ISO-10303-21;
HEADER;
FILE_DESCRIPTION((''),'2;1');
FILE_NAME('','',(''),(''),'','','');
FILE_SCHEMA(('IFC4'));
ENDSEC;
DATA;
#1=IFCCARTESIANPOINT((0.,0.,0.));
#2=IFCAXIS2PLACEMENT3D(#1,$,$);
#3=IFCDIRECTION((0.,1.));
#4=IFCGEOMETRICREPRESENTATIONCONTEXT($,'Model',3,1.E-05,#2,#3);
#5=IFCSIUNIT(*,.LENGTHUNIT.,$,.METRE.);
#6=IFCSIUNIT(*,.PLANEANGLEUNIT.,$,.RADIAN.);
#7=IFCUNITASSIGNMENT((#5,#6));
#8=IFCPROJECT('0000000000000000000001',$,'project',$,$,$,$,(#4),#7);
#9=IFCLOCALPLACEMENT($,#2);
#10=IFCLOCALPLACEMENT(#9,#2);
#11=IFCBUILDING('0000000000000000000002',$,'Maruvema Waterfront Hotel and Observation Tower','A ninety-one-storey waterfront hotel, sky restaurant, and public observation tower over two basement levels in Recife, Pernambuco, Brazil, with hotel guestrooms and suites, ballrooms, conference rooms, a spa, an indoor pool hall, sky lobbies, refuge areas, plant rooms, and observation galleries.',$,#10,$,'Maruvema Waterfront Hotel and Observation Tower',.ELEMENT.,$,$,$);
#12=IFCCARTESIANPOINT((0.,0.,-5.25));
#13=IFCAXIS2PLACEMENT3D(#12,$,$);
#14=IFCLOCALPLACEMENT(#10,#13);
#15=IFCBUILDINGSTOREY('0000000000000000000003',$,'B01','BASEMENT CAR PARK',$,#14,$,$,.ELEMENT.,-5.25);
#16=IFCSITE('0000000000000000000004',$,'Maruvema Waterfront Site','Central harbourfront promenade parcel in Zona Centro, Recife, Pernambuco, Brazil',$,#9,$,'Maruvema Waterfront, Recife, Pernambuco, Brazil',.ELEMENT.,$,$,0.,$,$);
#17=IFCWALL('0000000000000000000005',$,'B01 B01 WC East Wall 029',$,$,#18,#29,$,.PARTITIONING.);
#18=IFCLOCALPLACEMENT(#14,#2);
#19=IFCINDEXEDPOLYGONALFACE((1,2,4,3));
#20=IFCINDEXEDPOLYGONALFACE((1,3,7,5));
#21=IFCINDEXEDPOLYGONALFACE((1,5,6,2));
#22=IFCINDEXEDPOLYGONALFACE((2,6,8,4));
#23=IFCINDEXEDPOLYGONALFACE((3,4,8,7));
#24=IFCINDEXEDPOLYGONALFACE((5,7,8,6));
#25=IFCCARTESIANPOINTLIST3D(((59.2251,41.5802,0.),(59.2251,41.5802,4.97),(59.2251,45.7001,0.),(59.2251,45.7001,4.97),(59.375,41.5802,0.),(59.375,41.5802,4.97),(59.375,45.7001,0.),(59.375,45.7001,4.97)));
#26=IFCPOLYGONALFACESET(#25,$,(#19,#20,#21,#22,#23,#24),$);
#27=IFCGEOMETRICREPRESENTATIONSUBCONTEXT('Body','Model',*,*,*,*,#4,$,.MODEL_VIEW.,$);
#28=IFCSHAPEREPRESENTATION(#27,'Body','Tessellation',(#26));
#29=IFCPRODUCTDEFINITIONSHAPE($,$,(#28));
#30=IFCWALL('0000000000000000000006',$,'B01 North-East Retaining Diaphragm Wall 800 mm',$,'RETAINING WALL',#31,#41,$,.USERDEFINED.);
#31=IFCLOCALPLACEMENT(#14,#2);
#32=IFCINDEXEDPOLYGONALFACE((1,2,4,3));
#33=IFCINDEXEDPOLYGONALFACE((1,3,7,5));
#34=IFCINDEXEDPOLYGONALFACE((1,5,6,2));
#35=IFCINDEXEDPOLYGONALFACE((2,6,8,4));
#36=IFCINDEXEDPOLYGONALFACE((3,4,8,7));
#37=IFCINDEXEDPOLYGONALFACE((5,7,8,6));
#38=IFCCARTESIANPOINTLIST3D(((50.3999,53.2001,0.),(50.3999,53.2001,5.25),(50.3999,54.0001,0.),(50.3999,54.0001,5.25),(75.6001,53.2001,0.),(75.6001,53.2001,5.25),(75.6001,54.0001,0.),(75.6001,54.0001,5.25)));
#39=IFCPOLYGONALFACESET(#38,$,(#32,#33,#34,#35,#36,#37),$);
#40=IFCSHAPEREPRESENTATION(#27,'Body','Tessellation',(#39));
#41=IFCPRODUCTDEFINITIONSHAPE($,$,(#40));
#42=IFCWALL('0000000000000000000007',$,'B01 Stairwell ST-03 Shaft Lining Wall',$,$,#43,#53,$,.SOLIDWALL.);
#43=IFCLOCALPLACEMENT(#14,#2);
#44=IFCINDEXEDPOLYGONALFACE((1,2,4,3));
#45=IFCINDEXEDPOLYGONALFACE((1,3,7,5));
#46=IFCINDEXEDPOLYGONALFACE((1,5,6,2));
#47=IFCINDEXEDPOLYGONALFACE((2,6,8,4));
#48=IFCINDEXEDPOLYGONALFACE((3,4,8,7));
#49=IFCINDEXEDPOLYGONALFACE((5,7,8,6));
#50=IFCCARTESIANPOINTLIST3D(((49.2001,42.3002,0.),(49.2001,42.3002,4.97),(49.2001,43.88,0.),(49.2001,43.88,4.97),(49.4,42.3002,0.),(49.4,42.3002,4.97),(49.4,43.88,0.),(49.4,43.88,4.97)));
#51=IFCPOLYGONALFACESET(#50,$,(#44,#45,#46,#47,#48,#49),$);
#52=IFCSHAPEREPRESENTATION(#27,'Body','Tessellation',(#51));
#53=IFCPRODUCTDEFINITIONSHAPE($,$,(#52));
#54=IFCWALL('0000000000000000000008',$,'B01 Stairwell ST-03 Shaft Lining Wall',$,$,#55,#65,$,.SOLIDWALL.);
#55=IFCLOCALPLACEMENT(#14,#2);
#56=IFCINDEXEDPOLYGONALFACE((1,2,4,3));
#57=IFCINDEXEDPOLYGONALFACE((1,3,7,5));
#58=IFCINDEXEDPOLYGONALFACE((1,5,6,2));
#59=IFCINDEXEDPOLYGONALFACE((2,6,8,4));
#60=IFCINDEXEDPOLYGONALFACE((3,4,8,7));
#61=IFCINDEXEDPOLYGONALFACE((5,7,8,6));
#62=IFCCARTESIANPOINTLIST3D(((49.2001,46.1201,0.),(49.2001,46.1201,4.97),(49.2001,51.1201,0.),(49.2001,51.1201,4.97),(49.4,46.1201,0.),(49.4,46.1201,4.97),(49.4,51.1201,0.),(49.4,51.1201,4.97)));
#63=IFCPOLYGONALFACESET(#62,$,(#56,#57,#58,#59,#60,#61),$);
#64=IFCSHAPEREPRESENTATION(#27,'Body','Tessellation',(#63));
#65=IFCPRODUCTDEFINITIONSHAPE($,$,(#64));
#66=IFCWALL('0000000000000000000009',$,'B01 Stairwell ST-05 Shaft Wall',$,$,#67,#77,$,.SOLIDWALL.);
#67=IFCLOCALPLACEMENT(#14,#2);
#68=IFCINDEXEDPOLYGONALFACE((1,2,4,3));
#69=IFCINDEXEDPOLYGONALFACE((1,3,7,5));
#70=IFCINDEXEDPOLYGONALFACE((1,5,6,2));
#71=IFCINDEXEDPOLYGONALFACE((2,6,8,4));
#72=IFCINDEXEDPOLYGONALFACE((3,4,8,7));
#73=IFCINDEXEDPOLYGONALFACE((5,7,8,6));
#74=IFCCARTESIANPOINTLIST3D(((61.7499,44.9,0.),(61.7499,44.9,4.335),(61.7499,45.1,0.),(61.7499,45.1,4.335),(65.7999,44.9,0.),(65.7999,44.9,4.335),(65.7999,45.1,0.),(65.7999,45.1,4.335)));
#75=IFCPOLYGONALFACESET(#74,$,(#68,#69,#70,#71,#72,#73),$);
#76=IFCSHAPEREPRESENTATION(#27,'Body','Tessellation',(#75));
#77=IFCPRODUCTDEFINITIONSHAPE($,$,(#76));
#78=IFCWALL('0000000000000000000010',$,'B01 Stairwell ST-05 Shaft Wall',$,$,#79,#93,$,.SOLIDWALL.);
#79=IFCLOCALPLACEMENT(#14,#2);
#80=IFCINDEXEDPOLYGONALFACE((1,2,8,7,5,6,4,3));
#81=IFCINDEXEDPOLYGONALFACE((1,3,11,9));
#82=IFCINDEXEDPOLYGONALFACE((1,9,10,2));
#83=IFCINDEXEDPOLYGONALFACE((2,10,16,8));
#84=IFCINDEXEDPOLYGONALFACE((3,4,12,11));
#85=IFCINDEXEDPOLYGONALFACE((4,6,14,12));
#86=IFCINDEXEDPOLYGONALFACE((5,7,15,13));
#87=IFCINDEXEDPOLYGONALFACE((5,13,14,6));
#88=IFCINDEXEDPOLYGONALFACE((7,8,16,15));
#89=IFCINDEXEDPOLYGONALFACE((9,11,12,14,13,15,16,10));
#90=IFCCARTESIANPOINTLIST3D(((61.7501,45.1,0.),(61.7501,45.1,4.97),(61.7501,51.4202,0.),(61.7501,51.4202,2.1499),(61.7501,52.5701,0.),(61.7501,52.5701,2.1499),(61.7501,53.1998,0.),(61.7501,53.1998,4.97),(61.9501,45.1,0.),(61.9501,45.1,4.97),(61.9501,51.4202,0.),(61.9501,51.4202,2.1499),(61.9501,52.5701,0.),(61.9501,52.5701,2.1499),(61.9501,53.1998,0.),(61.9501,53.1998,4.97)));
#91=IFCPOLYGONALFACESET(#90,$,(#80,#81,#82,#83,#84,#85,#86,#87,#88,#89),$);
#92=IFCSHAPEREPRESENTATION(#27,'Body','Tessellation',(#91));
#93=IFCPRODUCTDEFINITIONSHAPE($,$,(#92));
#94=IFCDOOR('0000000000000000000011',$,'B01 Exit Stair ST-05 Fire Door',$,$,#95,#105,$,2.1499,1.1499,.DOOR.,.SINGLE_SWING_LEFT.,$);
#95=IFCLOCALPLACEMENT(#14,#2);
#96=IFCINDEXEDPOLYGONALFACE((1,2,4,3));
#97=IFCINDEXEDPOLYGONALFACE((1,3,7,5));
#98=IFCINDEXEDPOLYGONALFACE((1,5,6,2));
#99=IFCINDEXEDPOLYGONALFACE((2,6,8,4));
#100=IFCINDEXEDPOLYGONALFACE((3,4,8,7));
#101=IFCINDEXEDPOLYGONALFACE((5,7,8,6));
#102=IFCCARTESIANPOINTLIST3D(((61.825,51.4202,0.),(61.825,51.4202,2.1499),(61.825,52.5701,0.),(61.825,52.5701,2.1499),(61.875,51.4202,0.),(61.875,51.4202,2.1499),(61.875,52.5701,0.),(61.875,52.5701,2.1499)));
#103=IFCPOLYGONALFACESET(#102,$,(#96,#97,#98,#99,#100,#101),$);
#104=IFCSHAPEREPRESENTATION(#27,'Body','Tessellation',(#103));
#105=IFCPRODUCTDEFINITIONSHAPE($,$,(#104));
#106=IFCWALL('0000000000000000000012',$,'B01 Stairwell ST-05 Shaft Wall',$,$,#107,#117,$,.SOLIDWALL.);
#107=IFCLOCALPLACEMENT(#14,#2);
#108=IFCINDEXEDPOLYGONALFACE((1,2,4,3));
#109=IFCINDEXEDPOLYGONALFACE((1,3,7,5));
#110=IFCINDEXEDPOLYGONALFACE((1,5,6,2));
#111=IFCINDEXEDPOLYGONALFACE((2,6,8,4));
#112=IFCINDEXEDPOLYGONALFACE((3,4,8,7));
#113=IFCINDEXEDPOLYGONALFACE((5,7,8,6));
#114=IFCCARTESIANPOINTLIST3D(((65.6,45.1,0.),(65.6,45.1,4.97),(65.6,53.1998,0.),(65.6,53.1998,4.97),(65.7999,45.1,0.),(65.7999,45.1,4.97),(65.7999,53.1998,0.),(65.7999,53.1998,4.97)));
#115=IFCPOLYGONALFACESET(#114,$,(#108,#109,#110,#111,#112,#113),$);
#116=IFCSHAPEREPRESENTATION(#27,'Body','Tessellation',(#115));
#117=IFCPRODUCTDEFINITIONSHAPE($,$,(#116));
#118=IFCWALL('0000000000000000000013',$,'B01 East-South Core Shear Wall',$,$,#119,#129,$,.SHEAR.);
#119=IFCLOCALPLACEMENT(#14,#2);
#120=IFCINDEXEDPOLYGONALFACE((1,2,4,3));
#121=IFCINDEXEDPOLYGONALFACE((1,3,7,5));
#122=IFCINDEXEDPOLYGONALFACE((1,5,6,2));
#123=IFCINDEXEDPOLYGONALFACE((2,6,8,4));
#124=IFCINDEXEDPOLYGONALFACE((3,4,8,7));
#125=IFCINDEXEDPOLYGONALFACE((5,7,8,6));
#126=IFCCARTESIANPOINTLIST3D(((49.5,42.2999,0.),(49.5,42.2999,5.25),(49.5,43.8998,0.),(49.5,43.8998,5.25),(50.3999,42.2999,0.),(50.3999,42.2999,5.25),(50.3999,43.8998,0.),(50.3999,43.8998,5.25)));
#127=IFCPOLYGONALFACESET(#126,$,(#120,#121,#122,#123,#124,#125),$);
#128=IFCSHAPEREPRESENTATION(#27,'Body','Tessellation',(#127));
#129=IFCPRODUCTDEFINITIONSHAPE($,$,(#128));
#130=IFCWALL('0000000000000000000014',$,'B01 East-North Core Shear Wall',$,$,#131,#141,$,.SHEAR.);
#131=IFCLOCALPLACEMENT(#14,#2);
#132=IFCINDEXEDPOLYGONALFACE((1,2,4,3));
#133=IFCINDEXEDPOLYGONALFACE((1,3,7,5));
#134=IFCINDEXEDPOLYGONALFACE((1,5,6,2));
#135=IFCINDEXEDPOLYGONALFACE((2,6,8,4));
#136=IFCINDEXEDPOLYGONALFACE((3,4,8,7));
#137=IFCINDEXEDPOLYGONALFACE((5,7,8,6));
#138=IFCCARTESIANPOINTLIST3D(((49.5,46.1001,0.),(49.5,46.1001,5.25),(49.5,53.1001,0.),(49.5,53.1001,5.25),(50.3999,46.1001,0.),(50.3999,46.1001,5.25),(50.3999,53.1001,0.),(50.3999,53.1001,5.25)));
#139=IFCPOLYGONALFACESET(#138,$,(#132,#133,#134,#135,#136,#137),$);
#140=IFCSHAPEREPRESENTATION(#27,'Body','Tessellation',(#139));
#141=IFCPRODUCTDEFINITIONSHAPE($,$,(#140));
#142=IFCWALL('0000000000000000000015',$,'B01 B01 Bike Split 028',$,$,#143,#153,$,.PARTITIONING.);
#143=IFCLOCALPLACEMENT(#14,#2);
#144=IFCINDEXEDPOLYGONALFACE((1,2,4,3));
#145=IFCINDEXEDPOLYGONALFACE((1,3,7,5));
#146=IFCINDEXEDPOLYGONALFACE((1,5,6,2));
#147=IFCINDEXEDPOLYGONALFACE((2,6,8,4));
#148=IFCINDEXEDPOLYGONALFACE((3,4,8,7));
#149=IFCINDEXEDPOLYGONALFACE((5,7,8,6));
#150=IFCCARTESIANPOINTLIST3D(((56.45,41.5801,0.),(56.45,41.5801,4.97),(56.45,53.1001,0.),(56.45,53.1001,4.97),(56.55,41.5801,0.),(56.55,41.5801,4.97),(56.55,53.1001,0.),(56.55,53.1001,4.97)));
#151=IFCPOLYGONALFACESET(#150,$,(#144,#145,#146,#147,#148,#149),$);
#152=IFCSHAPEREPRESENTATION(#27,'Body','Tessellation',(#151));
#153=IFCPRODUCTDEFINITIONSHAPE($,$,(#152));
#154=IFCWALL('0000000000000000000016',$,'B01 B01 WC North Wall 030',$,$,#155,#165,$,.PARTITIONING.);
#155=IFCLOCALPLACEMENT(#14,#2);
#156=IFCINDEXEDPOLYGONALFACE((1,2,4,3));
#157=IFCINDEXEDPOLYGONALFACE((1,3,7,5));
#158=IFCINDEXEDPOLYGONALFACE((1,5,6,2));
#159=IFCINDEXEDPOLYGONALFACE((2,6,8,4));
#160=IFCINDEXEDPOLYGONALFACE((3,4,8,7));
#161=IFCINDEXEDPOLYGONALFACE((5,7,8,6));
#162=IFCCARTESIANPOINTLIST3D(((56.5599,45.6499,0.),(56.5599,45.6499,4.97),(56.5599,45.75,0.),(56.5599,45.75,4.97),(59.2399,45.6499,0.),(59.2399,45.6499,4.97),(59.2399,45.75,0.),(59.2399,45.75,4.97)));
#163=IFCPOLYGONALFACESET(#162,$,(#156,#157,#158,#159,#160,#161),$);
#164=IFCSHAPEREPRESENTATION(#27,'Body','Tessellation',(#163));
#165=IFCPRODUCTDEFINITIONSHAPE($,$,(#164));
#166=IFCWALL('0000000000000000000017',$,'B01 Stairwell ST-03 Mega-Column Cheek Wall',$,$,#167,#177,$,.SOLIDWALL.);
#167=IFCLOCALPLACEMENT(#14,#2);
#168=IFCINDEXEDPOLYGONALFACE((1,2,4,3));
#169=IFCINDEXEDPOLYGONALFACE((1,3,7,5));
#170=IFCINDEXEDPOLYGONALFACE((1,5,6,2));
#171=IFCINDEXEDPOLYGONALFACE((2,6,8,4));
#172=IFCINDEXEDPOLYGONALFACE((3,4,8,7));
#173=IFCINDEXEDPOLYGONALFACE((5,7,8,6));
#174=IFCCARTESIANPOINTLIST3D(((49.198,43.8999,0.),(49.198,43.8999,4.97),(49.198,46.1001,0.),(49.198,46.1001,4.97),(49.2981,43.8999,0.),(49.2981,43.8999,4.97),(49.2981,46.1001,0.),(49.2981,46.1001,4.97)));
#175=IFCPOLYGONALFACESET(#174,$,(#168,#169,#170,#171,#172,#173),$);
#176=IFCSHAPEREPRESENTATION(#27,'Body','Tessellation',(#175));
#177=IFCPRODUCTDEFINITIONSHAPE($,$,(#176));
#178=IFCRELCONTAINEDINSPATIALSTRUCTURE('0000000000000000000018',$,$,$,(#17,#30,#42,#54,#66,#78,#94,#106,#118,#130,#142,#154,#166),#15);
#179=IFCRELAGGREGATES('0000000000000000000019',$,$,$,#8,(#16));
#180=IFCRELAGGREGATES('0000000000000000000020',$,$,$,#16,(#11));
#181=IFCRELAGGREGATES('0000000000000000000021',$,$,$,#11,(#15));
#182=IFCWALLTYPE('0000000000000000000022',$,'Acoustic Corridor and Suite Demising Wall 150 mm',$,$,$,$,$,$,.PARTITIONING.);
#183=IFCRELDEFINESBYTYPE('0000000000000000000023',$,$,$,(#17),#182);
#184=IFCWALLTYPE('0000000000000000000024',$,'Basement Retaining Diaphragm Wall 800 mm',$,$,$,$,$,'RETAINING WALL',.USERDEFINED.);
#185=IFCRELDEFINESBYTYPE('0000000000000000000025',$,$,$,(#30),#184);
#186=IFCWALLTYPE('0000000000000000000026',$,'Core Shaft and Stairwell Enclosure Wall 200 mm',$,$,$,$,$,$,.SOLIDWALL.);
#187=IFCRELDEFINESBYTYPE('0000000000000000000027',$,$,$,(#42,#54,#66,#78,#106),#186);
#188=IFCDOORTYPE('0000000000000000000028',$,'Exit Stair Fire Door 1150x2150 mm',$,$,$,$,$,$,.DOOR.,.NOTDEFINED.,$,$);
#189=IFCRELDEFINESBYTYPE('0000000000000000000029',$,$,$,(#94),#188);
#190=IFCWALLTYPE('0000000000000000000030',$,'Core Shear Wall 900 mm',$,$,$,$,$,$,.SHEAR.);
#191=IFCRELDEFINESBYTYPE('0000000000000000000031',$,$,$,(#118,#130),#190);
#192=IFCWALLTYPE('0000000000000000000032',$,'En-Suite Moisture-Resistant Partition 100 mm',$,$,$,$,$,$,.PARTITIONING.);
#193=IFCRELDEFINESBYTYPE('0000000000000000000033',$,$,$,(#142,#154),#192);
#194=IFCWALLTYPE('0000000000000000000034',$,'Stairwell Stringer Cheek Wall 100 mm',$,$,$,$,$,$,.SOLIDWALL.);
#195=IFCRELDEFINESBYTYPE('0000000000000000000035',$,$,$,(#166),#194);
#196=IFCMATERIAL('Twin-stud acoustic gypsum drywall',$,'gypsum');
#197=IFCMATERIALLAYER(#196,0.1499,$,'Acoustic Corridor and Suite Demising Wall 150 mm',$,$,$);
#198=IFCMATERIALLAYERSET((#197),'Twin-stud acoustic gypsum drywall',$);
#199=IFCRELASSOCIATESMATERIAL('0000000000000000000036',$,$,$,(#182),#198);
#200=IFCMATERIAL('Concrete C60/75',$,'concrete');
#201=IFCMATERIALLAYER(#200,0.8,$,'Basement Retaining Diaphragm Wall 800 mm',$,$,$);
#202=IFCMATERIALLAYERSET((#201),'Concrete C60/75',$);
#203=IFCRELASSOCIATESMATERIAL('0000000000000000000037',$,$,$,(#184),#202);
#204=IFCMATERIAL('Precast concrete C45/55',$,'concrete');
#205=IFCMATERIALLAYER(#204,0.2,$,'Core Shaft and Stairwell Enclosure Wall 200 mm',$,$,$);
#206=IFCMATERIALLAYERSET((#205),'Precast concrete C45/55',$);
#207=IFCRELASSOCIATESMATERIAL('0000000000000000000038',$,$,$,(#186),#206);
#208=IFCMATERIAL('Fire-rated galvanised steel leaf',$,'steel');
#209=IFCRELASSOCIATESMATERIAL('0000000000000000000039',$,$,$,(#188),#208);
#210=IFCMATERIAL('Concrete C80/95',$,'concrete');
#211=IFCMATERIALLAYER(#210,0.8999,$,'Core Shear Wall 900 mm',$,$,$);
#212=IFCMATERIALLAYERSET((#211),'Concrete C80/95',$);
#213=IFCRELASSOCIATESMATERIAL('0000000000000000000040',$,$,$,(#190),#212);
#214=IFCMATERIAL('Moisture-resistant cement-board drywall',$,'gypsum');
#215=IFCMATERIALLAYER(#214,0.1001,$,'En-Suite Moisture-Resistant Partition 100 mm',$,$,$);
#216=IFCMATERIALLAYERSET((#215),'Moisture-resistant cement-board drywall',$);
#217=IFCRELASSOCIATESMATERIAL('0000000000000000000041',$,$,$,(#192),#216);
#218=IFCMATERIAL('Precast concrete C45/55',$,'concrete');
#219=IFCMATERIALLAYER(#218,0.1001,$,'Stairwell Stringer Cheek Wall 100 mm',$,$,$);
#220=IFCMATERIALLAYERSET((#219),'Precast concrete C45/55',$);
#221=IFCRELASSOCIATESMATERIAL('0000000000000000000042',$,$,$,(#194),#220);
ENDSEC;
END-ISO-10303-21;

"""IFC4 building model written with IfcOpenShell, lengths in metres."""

from ifc_helpers import new_model, si_unit, direction, frame, frame_2d, origin, place, context, subcontext, project, spatial, rectangle, extrude, material, layer, layer_set, type_object, element, fill, save


model = new_model("IFC4")

# Units and contexts
model_context = context("Model", 3, precision=1e-05, world=origin(), true_north=direction((0.0, 1.0)))
body_context = subcontext(model_context, "Body", "Model", "MODEL_VIEW")
ifc_project = project(units=[si_unit("LENGTHUNIT", "METRE"), si_unit("PLANEANGLEUNIT", "RADIAN")], contexts=[model_context])

# Site, building, storey
site_placement = place(None, origin())
site = spatial("IfcSite", under=ifc_project, at=site_placement, Name="Maruvema Waterfront Site", Description="Central harbourfront promenade parcel in Zona Centro, Recife, Pernambuco, Brazil", LongName="Maruvema Waterfront, Recife, Pernambuco, Brazil", CompositionType="ELEMENT", RefElevation=0.0)
building_placement = place(site_placement, origin())
building = spatial("IfcBuilding", under=site, at=building_placement, Name="Maruvema Waterfront Hotel and Observation Tower", Description="A ninety-one-storey waterfront hotel, sky restaurant, and public observation tower over two basement levels in Recife, Pernambuco, Brazil, with hotel guestrooms and suites, ballrooms, conference rooms, a spa, an indoor pool hall, sky lobbies, refuge areas, plant rooms, and observation galleries.", LongName="Maruvema Waterfront Hotel and Observation Tower", CompositionType="ELEMENT")
storey_placement = place(building_placement, frame((0.0, 0.0, -5.25)))
storey = spatial("IfcBuildingStorey", under=building, at=storey_placement, Name="B01", Description="BASEMENT CAR PARK", CompositionType="ELEMENT", Elevation=-5.25)

# Walls
ifc_material_1 = material(Name="Twin-stud acoustic gypsum drywall", Category="gypsum")
ifc_layer_1 = layer(ifc_material_1, 0.1499, Name="Acoustic Corridor and Suite Demising Wall 150 mm")
ifc_layer_set_1 = layer_set([ifc_layer_1], Name="Twin-stud acoustic gypsum drywall")
wall_type_1 = type_object("IfcWallType", Name="Acoustic Corridor and Suite Demising Wall 150 mm", PredefinedType="PARTITIONING", material=ifc_layer_set_1)
wall_1_placement = place(storey_placement, frame((59.3, 41.5801, 0.0), z_axis=(0.0, 0.0, 1.0), x_axis=(0.0, 1.0, 0.0)))
element("IfcWall", 1, at=wall_1_placement, inside=storey, type_object=wall_type_1, Name="B01 B01 WC East Wall 029", PredefinedType="PARTITIONING", context=body_context, shape_type="SweptSolid", body=[
    extrude(rectangle(XDim=4.1199, YDim=0.1499, at=frame_2d((2.0601, 0.0))), origin(), (0.0, 0.0, 1.0), 4.97),
])
ifc_material_2 = material(Name="Concrete C60/75", Category="concrete")
ifc_layer_2 = layer(ifc_material_2, 0.8, Name="Basement Retaining Diaphragm Wall 800 mm")
ifc_layer_set_2 = layer_set([ifc_layer_2], Name="Concrete C60/75")
wall_type_2 = type_object("IfcWallType", Name="Basement Retaining Diaphragm Wall 800 mm", ElementType="RETAINING WALL", PredefinedType="USERDEFINED", material=ifc_layer_set_2)
wall_2_placement = place(storey_placement, frame((50.3999, 53.6001, 0.0), z_axis=(0.0, 0.0, 1.0), x_axis=(1.0, 0.0, 0.0)))
element("IfcWall", 2, at=wall_2_placement, inside=storey, type_object=wall_type_2, Name="B01 North-East Retaining Diaphragm Wall 800 mm", ObjectType="RETAINING WALL", PredefinedType="USERDEFINED", context=body_context, shape_type="SweptSolid", body=[
    extrude(rectangle(XDim=25.2002, YDim=0.8, at=frame_2d((12.6001, 0.0))), origin(), (0.0, 0.0, 1.0), 5.25),
])
ifc_material_3 = material(Name="Precast concrete C45/55", Category="concrete")
ifc_layer_3 = layer(ifc_material_3, 0.2, Name="Core Shaft and Stairwell Enclosure Wall 200 mm")
ifc_layer_set_3 = layer_set([ifc_layer_3], Name="Precast concrete C45/55")
wall_type_3 = type_object("IfcWallType", Name="Core Shaft and Stairwell Enclosure Wall 200 mm", PredefinedType="SOLIDWALL", material=ifc_layer_set_3)
wall_3_placement = place(storey_placement, frame((49.3, 42.3, 0.0), z_axis=(0.0, 0.0, 1.0), x_axis=(0.0, 1.0, 0.0)))
element("IfcWall", 3, at=wall_3_placement, inside=storey, type_object=wall_type_3, Name="B01 Stairwell ST-03 Shaft Lining Wall", PredefinedType="SOLIDWALL", context=body_context, shape_type="SweptSolid", body=[
    extrude(rectangle(XDim=1.5798, YDim=0.2, at=frame_2d((0.79, 0.0))), origin(), (0.0, 0.0, 1.0), 4.97),
])
wall_4_placement = place(storey_placement, frame((49.3, 46.1201, 0.0), z_axis=(0.0, 0.0, 1.0), x_axis=(0.0, 1.0, 0.0)))
element("IfcWall", 4, at=wall_4_placement, inside=storey, type_object=wall_type_3, Name="B01 Stairwell ST-03 Shaft Lining Wall", PredefinedType="SOLIDWALL", context=body_context, shape_type="SweptSolid", body=[
    extrude(rectangle(XDim=5.0, YDim=0.2, at=frame_2d((2.5, 0.0))), origin(), (0.0, 0.0, 1.0), 4.97),
])
wall_5_placement = place(storey_placement, frame((61.75, 45.0, 0.0), z_axis=(0.0, 0.0, 1.0), x_axis=(1.0, 0.0, 0.0)))
element("IfcWall", 5, at=wall_5_placement, inside=storey, type_object=wall_type_3, Name="B01 Stairwell ST-05 Shaft Wall", PredefinedType="SOLIDWALL", context=body_context, shape_type="SweptSolid", body=[
    extrude(rectangle(XDim=4.05, YDim=0.2, at=frame_2d((2.0249, 0.0))), origin(), (0.0, 0.0, 1.0), 4.335),
])

# Wall, opening, door
wall_6_placement = place(storey_placement, frame((61.8501, 45.1001, 0.0), z_axis=(0.0, 0.0, 1.0), x_axis=(0.0, 1.0, 0.0)))
wall_6 = element("IfcWall", 6, at=wall_6_placement, inside=storey, type_object=wall_type_3, Name="B01 Stairwell ST-05 Shaft Wall", PredefinedType="SOLIDWALL", context=body_context, shape_type="SweptSolid", body=[
    extrude(rectangle(XDim=8.0999, YDim=0.2, at=frame_2d((4.0498, 0.0))), origin(), (0.0, 0.0, 1.0), 4.97),
])
opening_placement = place(wall_6_placement, frame((6.3201, 0.0, 0.0)))
opening = element("IfcOpeningElement", 7, at=opening_placement, cuts=wall_6, PredefinedType="OPENING", context=body_context, shape_type="SweptSolid", body=[
    extrude(rectangle(XDim=1.1499, YDim=2.1499, at=frame_2d((0.575, 1.075))), frame((0.0, 0.1099, 0.0), z_axis=(0.0, -1.0, 0.0), x_axis=(1.0, 0.0, 0.0)), (0.0, 0.0, 1.0), 0.22),
])
ifc_material_4 = material(Name="Fire-rated galvanised steel leaf", Category="steel")
door_type = type_object("IfcDoorType", Name="Exit Stair Fire Door 1150x2150 mm", OperationType="NOTDEFINED", PredefinedType="DOOR", material=ifc_material_4)
door_placement = place(opening_placement, frame((1.1499, 0.0, 0.0), z_axis=(0.0, 0.0, 1.0), x_axis=(-1.0, 0.0, 0.0)))
door = element("IfcDoor", 8, at=door_placement, inside=storey, type_object=door_type, Name="B01 Exit Stair ST-05 Fire Door", OperationType="SINGLE_SWING_LEFT", OverallHeight=2.1499, OverallWidth=1.1499, PredefinedType="DOOR", context=body_context, shape_type="SweptSolid", body=[
    extrude(rectangle(XDim=1.1499, YDim=2.1499, at=frame_2d((0.575, 1.075))), frame((0.0, 0.0249, 0.0), z_axis=(0.0, -1.0, 0.0), x_axis=(1.0, 0.0, 0.0)), (0.0, 0.0, 1.0), 0.05),
])
fill(opening, door)

# Walls
wall_7_placement = place(storey_placement, frame((65.7, 45.1001, 0.0), z_axis=(0.0, 0.0, 1.0), x_axis=(0.0, 1.0, 0.0)))
element("IfcWall", 9, at=wall_7_placement, inside=storey, type_object=wall_type_3, Name="B01 Stairwell ST-05 Shaft Wall", PredefinedType="SOLIDWALL", context=body_context, shape_type="SweptSolid", body=[
    extrude(rectangle(XDim=8.0999, YDim=0.2, at=frame_2d((4.0498, 0.0))), origin(), (0.0, 0.0, 1.0), 4.97),
])
ifc_material_5 = material(Name="Concrete C80/95", Category="concrete")
ifc_layer_4 = layer(ifc_material_5, 0.8999, Name="Core Shear Wall 900 mm")
ifc_layer_set_4 = layer_set([ifc_layer_4], Name="Concrete C80/95")
wall_type_4 = type_object("IfcWallType", Name="Core Shear Wall 900 mm", PredefinedType="SHEAR", material=ifc_layer_set_4)
wall_8_placement = place(storey_placement, frame((49.95, 42.3, 0.0), z_axis=(0.0, 0.0, 1.0), x_axis=(0.0, 1.0, 0.0)))
element("IfcWall", 10, at=wall_8_placement, inside=storey, type_object=wall_type_4, Name="B01 East-South Core Shear Wall", PredefinedType="SHEAR", context=body_context, shape_type="SweptSolid", body=[
    extrude(rectangle(XDim=1.5999, YDim=0.8999, at=frame_2d((0.7998, 0.0))), origin(), (0.0, 0.0, 1.0), 5.25),
])
wall_9_placement = place(storey_placement, frame((49.95, 46.1001, 0.0), z_axis=(0.0, 0.0, 1.0), x_axis=(0.0, 1.0, 0.0)))
element("IfcWall", 11, at=wall_9_placement, inside=storey, type_object=wall_type_4, Name="B01 East-North Core Shear Wall", PredefinedType="SHEAR", context=body_context, shape_type="SweptSolid", body=[
    extrude(rectangle(XDim=7.0, YDim=0.8999, at=frame_2d((3.5, 0.0))), origin(), (0.0, 0.0, 1.0), 5.25),
])
ifc_material_6 = material(Name="Moisture-resistant cement-board drywall", Category="gypsum")
ifc_layer_5 = layer(ifc_material_6, 0.1001, Name="En-Suite Moisture-Resistant Partition 100 mm")
ifc_layer_set_5 = layer_set([ifc_layer_5], Name="Moisture-resistant cement-board drywall")
wall_type_5 = type_object("IfcWallType", Name="En-Suite Moisture-Resistant Partition 100 mm", PredefinedType="PARTITIONING", material=ifc_layer_set_5)
wall_10_placement = place(storey_placement, frame((56.5, 41.5801, 0.0), z_axis=(0.0, 0.0, 1.0), x_axis=(0.0, 1.0, 0.0)))
element("IfcWall", 12, at=wall_10_placement, inside=storey, type_object=wall_type_5, Name="B01 B01 Bike Split 028", PredefinedType="PARTITIONING", context=body_context, shape_type="SweptSolid", body=[
    extrude(rectangle(XDim=11.52, YDim=0.1001, at=frame_2d((5.76, 0.0))), origin(), (0.0, 0.0, 1.0), 4.97),
])
wall_11_placement = place(storey_placement, frame((56.5601, 45.7, 0.0), z_axis=(0.0, 0.0, 1.0), x_axis=(1.0, 0.0, 0.0)))
element("IfcWall", 13, at=wall_11_placement, inside=storey, type_object=wall_type_5, Name="B01 B01 WC North Wall 030", PredefinedType="PARTITIONING", context=body_context, shape_type="SweptSolid", body=[
    extrude(rectangle(XDim=2.6799, YDim=0.1001, at=frame_2d((1.3398, 0.0))), origin(), (0.0, 0.0, 1.0), 4.97),
])
ifc_material_7 = material(Name="Precast concrete C45/55", Category="concrete")
ifc_layer_6 = layer(ifc_material_7, 0.1001, Name="Stairwell Stringer Cheek Wall 100 mm")
ifc_layer_set_6 = layer_set([ifc_layer_6], Name="Precast concrete C45/55")
wall_type_6 = type_object("IfcWallType", Name="Stairwell Stringer Cheek Wall 100 mm", PredefinedType="SOLIDWALL", material=ifc_layer_set_6)
wall_12_placement = place(storey_placement, frame((49.248, 43.8999, 0.0), z_axis=(0.0, 0.0, 1.0), x_axis=(0.0, 1.0, 0.0)))
element("IfcWall", 14, at=wall_12_placement, inside=storey, type_object=wall_type_6, Name="B01 Stairwell ST-03 Mega-Column Cheek Wall", PredefinedType="SOLIDWALL", context=body_context, shape_type="SweptSolid", body=[
    extrude(rectangle(XDim=2.2002, YDim=0.1001, at=frame_2d((1.1001, 0.0))), origin(), (0.0, 0.0, 1.0), 4.97),
])

save(model, "model.ifc")
